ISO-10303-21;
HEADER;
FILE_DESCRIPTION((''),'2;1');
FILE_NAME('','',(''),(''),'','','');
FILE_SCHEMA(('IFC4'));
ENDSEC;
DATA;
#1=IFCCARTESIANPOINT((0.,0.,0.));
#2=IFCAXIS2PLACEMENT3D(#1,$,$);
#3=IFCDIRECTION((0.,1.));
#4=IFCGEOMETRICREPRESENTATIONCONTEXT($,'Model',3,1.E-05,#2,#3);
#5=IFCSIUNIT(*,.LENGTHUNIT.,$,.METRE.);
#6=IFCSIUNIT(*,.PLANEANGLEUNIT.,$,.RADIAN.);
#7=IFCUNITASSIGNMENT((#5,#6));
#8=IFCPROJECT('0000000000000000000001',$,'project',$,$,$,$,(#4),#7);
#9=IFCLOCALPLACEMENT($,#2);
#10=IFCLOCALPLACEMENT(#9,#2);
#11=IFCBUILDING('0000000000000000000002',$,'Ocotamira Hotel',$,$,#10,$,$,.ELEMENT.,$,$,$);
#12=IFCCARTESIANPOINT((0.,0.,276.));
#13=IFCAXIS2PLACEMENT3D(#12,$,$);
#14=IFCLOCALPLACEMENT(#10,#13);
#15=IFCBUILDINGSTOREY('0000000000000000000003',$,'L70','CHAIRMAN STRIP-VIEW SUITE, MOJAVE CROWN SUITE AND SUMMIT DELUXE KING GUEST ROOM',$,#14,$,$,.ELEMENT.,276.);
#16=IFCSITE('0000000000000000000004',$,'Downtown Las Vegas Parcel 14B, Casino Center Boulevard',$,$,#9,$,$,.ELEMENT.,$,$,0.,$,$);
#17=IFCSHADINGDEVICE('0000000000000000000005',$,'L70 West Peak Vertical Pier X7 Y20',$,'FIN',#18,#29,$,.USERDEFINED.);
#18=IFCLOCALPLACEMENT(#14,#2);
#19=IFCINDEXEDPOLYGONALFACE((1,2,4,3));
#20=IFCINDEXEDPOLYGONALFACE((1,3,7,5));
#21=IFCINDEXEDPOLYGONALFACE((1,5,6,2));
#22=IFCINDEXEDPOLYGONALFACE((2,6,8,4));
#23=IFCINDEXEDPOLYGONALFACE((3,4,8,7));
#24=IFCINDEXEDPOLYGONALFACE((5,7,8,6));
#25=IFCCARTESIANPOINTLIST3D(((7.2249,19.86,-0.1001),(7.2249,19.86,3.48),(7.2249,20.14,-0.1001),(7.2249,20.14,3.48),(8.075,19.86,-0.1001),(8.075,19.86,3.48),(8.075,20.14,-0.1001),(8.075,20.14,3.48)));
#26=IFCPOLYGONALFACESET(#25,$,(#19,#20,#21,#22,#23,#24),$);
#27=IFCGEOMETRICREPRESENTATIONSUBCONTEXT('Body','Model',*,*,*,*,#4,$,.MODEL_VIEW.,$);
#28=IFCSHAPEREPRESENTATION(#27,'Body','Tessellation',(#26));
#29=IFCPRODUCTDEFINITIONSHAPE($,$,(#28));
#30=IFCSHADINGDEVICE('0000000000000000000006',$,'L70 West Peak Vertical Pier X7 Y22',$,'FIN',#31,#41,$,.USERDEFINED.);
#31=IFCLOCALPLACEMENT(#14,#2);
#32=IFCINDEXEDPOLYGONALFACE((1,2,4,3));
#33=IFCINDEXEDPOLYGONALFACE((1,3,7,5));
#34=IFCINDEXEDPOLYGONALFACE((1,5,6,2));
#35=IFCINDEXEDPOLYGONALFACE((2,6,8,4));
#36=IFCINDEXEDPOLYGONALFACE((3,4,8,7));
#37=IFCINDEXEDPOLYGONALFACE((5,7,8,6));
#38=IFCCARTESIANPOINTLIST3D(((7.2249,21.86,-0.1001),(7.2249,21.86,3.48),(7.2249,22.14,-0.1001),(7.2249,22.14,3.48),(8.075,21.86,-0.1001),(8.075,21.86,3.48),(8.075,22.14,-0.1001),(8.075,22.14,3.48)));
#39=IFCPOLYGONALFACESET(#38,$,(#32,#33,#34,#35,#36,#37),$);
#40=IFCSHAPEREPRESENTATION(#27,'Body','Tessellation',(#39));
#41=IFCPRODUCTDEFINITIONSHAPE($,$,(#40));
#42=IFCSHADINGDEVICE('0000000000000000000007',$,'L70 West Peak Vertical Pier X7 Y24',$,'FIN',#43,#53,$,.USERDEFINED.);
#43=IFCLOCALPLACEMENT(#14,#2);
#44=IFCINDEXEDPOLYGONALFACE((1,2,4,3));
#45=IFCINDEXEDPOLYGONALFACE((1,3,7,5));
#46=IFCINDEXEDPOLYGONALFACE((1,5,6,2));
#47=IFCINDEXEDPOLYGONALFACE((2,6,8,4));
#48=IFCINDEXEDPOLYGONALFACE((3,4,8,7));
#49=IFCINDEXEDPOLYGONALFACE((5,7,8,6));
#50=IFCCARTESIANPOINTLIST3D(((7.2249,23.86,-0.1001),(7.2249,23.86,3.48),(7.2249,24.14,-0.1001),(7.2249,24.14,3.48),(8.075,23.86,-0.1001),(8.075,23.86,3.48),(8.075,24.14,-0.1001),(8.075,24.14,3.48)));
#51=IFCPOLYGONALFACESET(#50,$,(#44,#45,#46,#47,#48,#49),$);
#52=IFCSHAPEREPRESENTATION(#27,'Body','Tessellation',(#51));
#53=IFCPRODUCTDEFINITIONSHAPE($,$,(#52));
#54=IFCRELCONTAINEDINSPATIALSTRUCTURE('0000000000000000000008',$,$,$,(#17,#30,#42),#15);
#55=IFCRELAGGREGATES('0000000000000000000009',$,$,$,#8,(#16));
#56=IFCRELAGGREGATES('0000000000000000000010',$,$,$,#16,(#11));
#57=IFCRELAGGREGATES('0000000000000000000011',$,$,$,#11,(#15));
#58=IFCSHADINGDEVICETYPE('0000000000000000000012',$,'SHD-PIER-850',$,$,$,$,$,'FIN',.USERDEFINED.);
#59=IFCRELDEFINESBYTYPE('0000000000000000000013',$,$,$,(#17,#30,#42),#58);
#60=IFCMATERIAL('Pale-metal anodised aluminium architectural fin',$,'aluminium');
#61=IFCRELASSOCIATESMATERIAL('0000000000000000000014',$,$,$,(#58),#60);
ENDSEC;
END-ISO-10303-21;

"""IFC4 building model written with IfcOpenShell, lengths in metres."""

from ifc_helpers import new_model, si_unit, direction, frame, origin, origin_2d, place, context, subcontext, project, spatial, rectangle, extrude, source, transform, mapped, material, type_object, element, save


model = new_model("IFC4")

# Units and contexts
model_context = context("Model", 3, precision=1e-05, world=origin(), true_north=direction((0.0, 1.0)))
body_context = subcontext(model_context, "Body", "Model", "MODEL_VIEW")
ifc_project = project(units=[si_unit("LENGTHUNIT", "METRE"), si_unit("PLANEANGLEUNIT", "RADIAN")], contexts=[model_context])

# Site, building, storey
site_placement = place(None, origin())
site = spatial("IfcSite", under=ifc_project, at=site_placement, Name="Downtown Las Vegas Parcel 14B, Casino Center Boulevard", CompositionType="ELEMENT", RefElevation=0.0)
building_placement = place(site_placement, origin())
building = spatial("IfcBuilding", under=site, at=building_placement, Name="Ocotamira Hotel", CompositionType="ELEMENT")
storey_placement = place(building_placement, frame((0.0, 0.0, 276.0)))
storey = spatial("IfcBuildingStorey", under=building, at=storey_placement, Name="L70", Description="CHAIRMAN STRIP-VIEW SUITE, MOJAVE CROWN SUITE AND SUMMIT DELUXE KING GUEST ROOM", CompositionType="ELEMENT", Elevation=276.0)

# Shading devices
ifc_material_1 = material(Name="Pale-metal anodised aluminium architectural fin", Category="aluminium")
shading_device_type = type_object("IfcShadingDeviceType", Name="SHD-PIER-850", ElementType="FIN", PredefinedType="USERDEFINED", material=ifc_material_1)
shared_shape_1 = source(origin(), body_context, "Body", "SweptSolid", [
    extrude(rectangle(XDim=0.8501, YDim=0.28, at=origin_2d()), origin(), (0.0, 0.0, 1.0), 3.5801),
])
for number, where, z_axis, x_axis, name in (
    (1, (7.6499, 20.0, -0.1001), (0.0, 0.0, 1.0), (1.0, 0.0, 0.0), "L70 West Peak Vertical Pier X7 Y20"),
    (2, (7.6499, 22.0, -0.1001), (0.0, 0.0, 1.0), (1.0, 0.0, 0.0), "L70 West Peak Vertical Pier X7 Y22"),
    (3, (7.6499, 24.0, -0.1001), (0.0, 0.0, 1.0), (1.0, 0.0, 0.0), "L70 West Peak Vertical Pier X7 Y24"),
):
    element("IfcShadingDevice", number, at=place(storey_placement, frame(where, z_axis=z_axis, x_axis=x_axis)), inside=storey, type_object=shading_device_type, Name=name, ObjectType="FIN", PredefinedType="USERDEFINED", context=body_context, shape_type="MappedRepresentation", body=[
        mapped(shared_shape_1, transform((0.0, 0.0, 0.0), scale=1.0)),
    ])

save(model, "model.ifc")
